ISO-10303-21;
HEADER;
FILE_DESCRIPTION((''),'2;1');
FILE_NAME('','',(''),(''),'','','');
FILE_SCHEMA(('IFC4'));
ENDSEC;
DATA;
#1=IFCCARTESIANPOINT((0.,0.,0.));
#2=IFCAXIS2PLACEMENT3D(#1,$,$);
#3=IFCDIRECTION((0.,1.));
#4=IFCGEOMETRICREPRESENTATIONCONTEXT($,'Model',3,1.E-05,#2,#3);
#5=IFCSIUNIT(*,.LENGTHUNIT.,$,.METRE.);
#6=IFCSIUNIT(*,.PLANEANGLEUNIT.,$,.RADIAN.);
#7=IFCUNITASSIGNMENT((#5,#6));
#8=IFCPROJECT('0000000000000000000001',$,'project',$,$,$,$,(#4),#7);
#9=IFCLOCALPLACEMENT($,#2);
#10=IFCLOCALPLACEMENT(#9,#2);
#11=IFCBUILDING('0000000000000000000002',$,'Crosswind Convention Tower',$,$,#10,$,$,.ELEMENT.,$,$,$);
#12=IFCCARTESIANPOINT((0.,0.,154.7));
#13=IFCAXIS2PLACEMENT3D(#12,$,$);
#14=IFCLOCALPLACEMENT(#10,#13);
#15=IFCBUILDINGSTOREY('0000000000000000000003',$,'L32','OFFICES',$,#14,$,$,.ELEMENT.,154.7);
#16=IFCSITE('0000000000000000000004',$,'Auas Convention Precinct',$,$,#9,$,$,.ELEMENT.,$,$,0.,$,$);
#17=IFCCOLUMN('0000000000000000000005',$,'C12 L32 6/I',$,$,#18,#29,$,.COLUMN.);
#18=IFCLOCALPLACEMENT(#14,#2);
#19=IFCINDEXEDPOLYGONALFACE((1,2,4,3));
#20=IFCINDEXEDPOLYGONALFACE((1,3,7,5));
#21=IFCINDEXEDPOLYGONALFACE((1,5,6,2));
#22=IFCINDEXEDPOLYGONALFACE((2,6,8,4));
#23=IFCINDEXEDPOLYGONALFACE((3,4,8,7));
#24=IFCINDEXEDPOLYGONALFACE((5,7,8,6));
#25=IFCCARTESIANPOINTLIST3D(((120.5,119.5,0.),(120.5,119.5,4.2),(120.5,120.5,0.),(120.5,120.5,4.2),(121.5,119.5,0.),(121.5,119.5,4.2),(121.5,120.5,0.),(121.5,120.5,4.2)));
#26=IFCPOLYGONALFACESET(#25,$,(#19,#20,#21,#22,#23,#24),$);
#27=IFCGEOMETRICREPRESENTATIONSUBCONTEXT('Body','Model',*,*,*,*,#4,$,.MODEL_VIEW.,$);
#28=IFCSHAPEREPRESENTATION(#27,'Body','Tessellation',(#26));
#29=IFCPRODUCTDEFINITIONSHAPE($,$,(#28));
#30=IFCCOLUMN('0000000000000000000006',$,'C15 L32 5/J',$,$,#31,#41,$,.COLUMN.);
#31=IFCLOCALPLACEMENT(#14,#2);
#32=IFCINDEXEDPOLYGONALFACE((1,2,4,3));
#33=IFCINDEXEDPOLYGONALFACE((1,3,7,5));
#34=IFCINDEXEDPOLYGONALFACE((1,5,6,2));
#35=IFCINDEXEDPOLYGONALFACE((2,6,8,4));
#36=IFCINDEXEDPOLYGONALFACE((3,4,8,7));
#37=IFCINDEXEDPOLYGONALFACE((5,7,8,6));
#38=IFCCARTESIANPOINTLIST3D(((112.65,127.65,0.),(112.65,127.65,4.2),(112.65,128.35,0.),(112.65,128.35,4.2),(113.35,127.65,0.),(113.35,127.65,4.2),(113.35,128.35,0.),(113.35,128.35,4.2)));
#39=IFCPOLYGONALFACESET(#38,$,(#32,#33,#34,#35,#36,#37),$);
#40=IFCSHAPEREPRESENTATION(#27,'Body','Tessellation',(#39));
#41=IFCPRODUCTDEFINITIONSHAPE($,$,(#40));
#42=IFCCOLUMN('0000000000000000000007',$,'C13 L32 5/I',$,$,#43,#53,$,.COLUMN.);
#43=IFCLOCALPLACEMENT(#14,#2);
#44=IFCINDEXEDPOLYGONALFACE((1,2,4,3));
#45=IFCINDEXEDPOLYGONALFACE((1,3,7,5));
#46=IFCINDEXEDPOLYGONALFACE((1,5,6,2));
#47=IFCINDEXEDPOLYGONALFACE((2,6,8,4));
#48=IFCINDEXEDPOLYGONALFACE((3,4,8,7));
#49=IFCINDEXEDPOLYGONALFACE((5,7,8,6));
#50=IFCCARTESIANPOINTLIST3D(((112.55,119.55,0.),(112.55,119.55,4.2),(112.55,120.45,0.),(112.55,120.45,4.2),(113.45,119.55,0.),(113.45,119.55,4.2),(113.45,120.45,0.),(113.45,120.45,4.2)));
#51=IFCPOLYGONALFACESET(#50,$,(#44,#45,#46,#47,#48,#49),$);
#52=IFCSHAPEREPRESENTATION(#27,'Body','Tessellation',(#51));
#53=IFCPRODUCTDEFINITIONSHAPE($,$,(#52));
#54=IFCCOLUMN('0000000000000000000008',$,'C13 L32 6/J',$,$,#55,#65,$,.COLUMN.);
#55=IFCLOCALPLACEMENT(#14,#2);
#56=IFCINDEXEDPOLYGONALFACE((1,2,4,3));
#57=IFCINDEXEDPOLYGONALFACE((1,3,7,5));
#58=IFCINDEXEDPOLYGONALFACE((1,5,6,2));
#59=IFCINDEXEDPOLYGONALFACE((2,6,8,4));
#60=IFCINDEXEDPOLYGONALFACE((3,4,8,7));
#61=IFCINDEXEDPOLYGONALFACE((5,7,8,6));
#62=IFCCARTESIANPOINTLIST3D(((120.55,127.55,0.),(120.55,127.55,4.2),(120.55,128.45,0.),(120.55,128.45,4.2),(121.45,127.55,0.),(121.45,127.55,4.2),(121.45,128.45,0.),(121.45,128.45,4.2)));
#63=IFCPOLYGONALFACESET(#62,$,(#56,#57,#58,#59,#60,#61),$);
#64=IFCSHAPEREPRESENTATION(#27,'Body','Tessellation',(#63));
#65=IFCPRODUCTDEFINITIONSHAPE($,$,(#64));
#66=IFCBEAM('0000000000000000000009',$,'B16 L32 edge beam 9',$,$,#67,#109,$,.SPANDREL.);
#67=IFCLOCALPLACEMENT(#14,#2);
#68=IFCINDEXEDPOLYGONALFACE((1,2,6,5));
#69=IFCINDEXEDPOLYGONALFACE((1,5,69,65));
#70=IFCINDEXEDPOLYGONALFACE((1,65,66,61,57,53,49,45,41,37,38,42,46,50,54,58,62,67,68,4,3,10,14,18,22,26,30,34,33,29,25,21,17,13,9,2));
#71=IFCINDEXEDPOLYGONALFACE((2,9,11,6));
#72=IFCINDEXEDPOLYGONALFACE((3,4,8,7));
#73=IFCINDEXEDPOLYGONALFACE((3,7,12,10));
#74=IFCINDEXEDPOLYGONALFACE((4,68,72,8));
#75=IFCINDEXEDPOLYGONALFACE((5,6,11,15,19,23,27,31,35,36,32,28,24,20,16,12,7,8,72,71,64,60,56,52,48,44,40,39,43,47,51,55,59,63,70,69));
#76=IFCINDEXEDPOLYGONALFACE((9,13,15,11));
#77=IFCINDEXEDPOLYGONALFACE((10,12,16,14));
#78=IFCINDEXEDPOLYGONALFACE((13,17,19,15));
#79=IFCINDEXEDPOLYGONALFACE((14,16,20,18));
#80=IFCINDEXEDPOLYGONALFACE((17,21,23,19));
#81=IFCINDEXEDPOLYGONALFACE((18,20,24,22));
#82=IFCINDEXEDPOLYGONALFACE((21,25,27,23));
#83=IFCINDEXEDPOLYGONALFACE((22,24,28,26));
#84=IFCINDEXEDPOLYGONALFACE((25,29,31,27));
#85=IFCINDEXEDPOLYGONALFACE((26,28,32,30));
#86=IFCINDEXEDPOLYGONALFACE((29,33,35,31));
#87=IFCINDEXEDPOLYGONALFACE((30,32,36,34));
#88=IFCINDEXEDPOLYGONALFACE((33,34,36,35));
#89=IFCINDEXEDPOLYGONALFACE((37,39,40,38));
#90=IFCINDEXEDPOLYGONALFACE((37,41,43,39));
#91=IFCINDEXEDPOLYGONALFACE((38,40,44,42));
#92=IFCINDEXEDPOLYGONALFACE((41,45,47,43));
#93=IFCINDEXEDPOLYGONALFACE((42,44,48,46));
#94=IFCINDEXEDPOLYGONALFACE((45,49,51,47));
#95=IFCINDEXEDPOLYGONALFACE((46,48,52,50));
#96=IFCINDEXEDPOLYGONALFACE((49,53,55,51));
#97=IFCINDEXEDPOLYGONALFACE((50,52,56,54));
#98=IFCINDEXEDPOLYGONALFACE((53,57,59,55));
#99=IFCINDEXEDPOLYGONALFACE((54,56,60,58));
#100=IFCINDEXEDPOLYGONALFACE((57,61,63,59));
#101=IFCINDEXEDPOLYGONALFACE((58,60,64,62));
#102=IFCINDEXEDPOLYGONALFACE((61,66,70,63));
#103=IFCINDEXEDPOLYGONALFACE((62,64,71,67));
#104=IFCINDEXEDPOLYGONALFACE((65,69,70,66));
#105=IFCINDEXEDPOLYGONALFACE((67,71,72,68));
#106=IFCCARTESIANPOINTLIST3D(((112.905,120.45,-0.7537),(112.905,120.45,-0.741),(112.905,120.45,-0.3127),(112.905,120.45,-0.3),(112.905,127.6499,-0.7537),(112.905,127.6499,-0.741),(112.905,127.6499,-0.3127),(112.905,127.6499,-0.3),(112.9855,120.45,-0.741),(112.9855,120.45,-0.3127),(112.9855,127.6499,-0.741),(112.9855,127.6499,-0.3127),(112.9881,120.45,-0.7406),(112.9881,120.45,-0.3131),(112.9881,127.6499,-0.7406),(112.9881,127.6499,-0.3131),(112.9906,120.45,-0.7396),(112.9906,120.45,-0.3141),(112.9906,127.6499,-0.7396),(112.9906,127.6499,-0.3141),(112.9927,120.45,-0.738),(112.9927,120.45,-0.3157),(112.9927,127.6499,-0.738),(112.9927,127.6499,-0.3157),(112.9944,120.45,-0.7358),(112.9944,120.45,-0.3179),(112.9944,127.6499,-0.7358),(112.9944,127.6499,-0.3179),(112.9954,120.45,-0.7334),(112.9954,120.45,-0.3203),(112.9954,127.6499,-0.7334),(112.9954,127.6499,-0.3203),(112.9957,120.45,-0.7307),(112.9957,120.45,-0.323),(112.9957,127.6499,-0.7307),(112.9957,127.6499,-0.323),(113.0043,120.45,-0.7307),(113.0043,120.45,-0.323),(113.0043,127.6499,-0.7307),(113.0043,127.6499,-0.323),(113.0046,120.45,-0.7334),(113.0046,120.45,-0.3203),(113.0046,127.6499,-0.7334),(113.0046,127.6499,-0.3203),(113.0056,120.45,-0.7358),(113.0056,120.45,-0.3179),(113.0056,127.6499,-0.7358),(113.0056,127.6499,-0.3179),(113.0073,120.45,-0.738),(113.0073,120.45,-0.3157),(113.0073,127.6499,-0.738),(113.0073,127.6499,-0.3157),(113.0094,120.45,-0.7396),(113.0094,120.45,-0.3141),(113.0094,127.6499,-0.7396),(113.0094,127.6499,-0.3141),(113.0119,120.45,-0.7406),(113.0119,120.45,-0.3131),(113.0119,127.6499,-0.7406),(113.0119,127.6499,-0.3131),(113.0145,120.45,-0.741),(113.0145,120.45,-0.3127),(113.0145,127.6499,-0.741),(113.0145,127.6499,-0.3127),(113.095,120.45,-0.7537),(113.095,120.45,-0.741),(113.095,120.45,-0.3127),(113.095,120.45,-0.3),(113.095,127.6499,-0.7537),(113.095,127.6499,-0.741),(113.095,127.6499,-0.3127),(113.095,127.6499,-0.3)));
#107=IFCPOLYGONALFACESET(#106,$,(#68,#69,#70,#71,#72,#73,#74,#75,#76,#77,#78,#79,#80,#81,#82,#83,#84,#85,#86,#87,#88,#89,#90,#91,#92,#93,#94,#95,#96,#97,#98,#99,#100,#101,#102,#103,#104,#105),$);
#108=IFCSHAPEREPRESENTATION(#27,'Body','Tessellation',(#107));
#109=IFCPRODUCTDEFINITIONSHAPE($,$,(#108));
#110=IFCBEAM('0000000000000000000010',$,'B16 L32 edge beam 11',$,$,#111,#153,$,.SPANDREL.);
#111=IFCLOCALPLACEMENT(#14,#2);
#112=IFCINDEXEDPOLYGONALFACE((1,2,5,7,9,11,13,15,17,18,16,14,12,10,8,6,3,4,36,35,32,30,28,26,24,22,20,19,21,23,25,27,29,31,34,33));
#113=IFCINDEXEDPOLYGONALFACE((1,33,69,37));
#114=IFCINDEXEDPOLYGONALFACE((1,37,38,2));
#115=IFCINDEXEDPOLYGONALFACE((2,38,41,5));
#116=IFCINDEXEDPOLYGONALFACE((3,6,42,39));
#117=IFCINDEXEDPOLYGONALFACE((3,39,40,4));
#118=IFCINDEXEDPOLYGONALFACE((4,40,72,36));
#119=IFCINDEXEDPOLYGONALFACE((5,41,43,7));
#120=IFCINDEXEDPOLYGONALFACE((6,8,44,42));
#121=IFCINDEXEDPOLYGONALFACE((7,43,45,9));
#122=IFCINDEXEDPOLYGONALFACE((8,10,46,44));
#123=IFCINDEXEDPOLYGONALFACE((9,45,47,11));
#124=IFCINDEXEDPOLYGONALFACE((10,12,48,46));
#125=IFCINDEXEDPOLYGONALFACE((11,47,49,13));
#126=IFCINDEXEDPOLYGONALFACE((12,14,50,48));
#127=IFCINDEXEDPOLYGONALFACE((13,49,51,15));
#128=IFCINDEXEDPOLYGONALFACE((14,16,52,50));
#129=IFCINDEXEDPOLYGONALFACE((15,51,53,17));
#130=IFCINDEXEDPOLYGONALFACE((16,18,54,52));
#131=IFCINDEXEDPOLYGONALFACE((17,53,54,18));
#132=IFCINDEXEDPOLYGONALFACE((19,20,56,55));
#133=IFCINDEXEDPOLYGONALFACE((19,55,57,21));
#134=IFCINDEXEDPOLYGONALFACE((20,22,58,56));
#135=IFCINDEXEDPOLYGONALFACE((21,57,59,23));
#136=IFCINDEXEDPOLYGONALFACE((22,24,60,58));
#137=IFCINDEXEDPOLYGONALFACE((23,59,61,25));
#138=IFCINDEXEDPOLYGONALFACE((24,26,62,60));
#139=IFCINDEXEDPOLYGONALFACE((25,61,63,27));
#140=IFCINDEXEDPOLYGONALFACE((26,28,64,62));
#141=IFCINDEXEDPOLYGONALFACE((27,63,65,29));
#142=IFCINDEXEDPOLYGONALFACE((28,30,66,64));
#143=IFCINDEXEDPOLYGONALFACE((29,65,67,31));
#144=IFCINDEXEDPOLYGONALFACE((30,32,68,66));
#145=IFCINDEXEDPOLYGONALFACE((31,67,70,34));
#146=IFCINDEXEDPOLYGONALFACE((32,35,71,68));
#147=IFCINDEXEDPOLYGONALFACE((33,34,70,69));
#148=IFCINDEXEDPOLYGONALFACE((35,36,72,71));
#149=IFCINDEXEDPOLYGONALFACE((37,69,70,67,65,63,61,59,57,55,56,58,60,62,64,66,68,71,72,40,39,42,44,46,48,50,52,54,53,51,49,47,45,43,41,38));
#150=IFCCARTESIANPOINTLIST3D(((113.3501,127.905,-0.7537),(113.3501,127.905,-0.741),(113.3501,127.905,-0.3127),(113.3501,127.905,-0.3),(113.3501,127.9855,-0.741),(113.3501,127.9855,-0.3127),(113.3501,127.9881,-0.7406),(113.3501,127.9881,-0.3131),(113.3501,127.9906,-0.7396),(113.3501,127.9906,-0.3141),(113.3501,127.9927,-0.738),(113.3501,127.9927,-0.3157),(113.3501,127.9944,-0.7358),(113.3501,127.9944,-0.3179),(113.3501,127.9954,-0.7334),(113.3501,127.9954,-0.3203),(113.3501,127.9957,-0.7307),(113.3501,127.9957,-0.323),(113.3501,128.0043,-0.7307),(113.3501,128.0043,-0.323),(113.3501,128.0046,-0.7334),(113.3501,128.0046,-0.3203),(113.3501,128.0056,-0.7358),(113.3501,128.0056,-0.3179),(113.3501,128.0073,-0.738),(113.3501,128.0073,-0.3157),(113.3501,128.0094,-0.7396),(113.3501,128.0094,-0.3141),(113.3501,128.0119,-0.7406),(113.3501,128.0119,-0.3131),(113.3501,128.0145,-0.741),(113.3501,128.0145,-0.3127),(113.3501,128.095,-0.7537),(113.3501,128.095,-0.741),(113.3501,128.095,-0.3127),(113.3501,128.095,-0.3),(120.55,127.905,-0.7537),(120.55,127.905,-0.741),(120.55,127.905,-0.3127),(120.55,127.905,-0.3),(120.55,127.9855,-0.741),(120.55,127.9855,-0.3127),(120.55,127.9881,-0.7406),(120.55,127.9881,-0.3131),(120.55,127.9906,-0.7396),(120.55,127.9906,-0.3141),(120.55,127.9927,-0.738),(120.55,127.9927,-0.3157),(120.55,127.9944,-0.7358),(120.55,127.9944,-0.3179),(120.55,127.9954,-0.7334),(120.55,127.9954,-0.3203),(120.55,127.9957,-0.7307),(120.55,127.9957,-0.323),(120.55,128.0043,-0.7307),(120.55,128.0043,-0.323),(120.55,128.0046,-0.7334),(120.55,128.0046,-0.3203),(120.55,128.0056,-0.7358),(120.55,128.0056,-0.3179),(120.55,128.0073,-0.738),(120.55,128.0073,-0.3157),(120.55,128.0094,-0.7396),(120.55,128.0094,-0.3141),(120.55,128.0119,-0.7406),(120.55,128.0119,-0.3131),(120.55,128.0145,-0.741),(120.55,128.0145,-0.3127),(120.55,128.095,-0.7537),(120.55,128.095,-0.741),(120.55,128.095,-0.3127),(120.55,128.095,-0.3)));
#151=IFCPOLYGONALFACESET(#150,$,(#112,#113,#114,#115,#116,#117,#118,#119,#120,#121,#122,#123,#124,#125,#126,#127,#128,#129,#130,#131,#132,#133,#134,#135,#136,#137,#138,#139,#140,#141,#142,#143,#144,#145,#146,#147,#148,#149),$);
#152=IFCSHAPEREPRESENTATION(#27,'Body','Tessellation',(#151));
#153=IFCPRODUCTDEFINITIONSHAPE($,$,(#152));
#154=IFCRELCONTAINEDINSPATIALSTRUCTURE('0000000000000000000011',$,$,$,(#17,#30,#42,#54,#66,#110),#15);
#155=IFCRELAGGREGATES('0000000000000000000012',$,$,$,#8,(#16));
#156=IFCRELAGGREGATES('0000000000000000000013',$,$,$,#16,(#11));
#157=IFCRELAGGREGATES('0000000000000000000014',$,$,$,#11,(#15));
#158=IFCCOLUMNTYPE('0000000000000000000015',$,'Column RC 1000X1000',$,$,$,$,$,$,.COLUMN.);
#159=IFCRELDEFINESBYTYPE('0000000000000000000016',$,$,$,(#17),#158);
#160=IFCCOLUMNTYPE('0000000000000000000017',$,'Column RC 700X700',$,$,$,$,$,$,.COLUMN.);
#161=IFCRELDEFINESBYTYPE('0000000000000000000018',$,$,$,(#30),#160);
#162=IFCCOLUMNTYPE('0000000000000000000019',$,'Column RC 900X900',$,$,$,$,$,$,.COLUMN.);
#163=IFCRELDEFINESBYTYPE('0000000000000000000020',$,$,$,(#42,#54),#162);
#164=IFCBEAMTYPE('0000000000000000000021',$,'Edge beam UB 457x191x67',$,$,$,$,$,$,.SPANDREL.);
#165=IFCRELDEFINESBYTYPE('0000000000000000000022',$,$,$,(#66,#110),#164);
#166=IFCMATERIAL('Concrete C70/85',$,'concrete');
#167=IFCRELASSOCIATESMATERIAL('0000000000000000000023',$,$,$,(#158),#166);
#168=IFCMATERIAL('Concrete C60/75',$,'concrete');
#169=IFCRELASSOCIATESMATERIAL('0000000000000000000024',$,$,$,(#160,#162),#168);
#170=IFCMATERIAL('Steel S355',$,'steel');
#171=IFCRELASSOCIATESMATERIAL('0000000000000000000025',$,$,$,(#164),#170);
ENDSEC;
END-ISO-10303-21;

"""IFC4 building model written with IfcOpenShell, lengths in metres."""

from ifc_helpers import new_model, si_unit, direction, frame, origin, origin_2d, place, context, subcontext, project, spatial, rectangle, i_section, extrude, material, material_profile, profile_set, type_object, element, save


model = new_model("IFC4")

# Units and contexts
model_context = context("Model", 3, precision=1e-05, world=origin(), true_north=direction((0.0, 1.0)))
body_context = subcontext(model_context, "Body", "Model", "MODEL_VIEW")
ifc_project = project(units=[si_unit("LENGTHUNIT", "METRE"), si_unit("PLANEANGLEUNIT", "RADIAN")], contexts=[model_context])

# Site, building, storey
site_placement = place(None, origin())
site = spatial("IfcSite", under=ifc_project, at=site_placement, Name="Auas Convention Precinct", CompositionType="ELEMENT", RefElevation=0.0)
building_placement = place(site_placement, origin())
building = spatial("IfcBuilding", under=site, at=building_placement, Name="Crosswind Convention Tower", CompositionType="ELEMENT")
storey_placement = place(building_placement, frame((0.0, 0.0, 154.7)))
storey = spatial("IfcBuildingStorey", under=building, at=storey_placement, Name="L32", Description="OFFICES", CompositionType="ELEMENT", Elevation=154.7)

# Columns
ifc_material_1 = material(Name="Concrete C70/85", Category="concrete")
ifc_material_profile_1 = material_profile(ifc_material_1, rectangle(XDim=1.0, YDim=1.0, at=origin_2d()), Name="RC 1000X1000")
ifc_profile_set_1 = profile_set([ifc_material_profile_1], Name="Concrete C70/85")
column_type_1 = type_object("IfcColumnType", Name="Column RC 1000X1000", PredefinedType="COLUMN", material=ifc_profile_set_1)
column_1_placement = place(storey_placement, frame((121.0, 120.0, 0.0), z_axis=(0.0, 0.0, 1.0), x_axis=(1.0, 0.0, 0.0)))
element("IfcColumn", 1, at=column_1_placement, inside=storey, type_object=column_type_1, Name="C12 L32 6/I", PredefinedType="COLUMN", context=body_context, shape_type="SweptSolid", body=[
    extrude(rectangle(XDim=1.0, YDim=1.0, at=origin_2d()), origin(), (0.0, 0.0, 1.0), 4.2),
])
ifc_material_2 = material(Name="Concrete C60/75", Category="concrete")
ifc_material_profile_2 = material_profile(ifc_material_2, rectangle(XDim=0.7, YDim=0.7, at=origin_2d()), Name="RC 700X700")
ifc_profile_set_2 = profile_set([ifc_material_profile_2], Name="Concrete C60/75")
column_type_2 = type_object("IfcColumnType", Name="Column RC 700X700", PredefinedType="COLUMN", material=ifc_profile_set_2)
column_2_placement = place(storey_placement, frame((113.0, 128.0, 0.0), z_axis=(0.0, 0.0, 1.0), x_axis=(1.0, 0.0, 0.0)))
element("IfcColumn", 2, at=column_2_placement, inside=storey, type_object=column_type_2, Name="C15 L32 5/J", PredefinedType="COLUMN", context=body_context, shape_type="SweptSolid", body=[
    extrude(rectangle(XDim=0.7, YDim=0.7, at=origin_2d()), origin(), (0.0, 0.0, 1.0), 4.2),
])
ifc_material_profile_3 = material_profile(ifc_material_2, rectangle(XDim=0.8999, YDim=0.8999, at=origin_2d()), Name="RC 900X900")
ifc_profile_set_3 = profile_set([ifc_material_profile_3], Name="Concrete C60/75")
column_type_3 = type_object("IfcColumnType", Name="Column RC 900X900", PredefinedType="COLUMN", material=ifc_profile_set_3)
for number, where, z_axis, x_axis, name in (
    (3, (113.0, 120.0, 0.0), (0.0, 0.0, 1.0), (1.0, 0.0, 0.0), "C13 L32 5/I"),
    (4, (121.0, 128.0, 0.0), (0.0, 0.0, 1.0), (1.0, 0.0, 0.0), "C13 L32 6/J"),
):
    element("IfcColumn", number, at=place(storey_placement, frame(where, z_axis=z_axis, x_axis=x_axis)), inside=storey, type_object=column_type_3, Name=name, PredefinedType="COLUMN", context=body_context, shape_type="SweptSolid", body=[
        extrude(rectangle(XDim=0.8999, YDim=0.8999, at=origin_2d()), origin(), (0.0, 0.0, 1.0), 4.2),
    ])

# Beams
ifc_material_3 = material(Name="Steel S355", Category="steel")
ifc_material_profile_4 = material_profile(ifc_material_3, i_section(OverallWidth=0.1899, OverallDepth=0.4536, WebThickness=0.0085, FlangeThickness=0.0127, FilletRadius=0.0103, at=origin_2d()), Name="UB 457x191x67")
ifc_profile_set_4 = profile_set([ifc_material_profile_4], Name="Steel S355")
beam_type_1 = type_object("IfcBeamType", Name="Edge beam UB 457x191x67", PredefinedType="SPANDREL", material=ifc_profile_set_4)
for number, where, z_axis, x_axis, name in (
    (5, (113.0, 120.45, -0.5269), (0.0, 1.0, 0.0), (-1.0, 0.0, 0.0), "B16 L32 edge beam 9"),
    (6, (113.3501, 128.0, -0.5269), (1.0, 0.0, 0.0), (0.0, 1.0, 0.0), "B16 L32 edge beam 11"),
):
    element("IfcBeam", number, at=place(storey_placement, frame(where, z_axis=z_axis, x_axis=x_axis)), inside=storey, type_object=beam_type_1, Name=name, PredefinedType="SPANDREL", context=body_context, shape_type="SweptSolid", body=[
        extrude(i_section(OverallWidth=0.1899, OverallDepth=0.4536, WebThickness=0.0085, FlangeThickness=0.0127, FilletRadius=0.0103, at=origin_2d()), origin(), (0.0, 0.0, 1.0), 7.2),
    ])

save(model, "model.ifc")
